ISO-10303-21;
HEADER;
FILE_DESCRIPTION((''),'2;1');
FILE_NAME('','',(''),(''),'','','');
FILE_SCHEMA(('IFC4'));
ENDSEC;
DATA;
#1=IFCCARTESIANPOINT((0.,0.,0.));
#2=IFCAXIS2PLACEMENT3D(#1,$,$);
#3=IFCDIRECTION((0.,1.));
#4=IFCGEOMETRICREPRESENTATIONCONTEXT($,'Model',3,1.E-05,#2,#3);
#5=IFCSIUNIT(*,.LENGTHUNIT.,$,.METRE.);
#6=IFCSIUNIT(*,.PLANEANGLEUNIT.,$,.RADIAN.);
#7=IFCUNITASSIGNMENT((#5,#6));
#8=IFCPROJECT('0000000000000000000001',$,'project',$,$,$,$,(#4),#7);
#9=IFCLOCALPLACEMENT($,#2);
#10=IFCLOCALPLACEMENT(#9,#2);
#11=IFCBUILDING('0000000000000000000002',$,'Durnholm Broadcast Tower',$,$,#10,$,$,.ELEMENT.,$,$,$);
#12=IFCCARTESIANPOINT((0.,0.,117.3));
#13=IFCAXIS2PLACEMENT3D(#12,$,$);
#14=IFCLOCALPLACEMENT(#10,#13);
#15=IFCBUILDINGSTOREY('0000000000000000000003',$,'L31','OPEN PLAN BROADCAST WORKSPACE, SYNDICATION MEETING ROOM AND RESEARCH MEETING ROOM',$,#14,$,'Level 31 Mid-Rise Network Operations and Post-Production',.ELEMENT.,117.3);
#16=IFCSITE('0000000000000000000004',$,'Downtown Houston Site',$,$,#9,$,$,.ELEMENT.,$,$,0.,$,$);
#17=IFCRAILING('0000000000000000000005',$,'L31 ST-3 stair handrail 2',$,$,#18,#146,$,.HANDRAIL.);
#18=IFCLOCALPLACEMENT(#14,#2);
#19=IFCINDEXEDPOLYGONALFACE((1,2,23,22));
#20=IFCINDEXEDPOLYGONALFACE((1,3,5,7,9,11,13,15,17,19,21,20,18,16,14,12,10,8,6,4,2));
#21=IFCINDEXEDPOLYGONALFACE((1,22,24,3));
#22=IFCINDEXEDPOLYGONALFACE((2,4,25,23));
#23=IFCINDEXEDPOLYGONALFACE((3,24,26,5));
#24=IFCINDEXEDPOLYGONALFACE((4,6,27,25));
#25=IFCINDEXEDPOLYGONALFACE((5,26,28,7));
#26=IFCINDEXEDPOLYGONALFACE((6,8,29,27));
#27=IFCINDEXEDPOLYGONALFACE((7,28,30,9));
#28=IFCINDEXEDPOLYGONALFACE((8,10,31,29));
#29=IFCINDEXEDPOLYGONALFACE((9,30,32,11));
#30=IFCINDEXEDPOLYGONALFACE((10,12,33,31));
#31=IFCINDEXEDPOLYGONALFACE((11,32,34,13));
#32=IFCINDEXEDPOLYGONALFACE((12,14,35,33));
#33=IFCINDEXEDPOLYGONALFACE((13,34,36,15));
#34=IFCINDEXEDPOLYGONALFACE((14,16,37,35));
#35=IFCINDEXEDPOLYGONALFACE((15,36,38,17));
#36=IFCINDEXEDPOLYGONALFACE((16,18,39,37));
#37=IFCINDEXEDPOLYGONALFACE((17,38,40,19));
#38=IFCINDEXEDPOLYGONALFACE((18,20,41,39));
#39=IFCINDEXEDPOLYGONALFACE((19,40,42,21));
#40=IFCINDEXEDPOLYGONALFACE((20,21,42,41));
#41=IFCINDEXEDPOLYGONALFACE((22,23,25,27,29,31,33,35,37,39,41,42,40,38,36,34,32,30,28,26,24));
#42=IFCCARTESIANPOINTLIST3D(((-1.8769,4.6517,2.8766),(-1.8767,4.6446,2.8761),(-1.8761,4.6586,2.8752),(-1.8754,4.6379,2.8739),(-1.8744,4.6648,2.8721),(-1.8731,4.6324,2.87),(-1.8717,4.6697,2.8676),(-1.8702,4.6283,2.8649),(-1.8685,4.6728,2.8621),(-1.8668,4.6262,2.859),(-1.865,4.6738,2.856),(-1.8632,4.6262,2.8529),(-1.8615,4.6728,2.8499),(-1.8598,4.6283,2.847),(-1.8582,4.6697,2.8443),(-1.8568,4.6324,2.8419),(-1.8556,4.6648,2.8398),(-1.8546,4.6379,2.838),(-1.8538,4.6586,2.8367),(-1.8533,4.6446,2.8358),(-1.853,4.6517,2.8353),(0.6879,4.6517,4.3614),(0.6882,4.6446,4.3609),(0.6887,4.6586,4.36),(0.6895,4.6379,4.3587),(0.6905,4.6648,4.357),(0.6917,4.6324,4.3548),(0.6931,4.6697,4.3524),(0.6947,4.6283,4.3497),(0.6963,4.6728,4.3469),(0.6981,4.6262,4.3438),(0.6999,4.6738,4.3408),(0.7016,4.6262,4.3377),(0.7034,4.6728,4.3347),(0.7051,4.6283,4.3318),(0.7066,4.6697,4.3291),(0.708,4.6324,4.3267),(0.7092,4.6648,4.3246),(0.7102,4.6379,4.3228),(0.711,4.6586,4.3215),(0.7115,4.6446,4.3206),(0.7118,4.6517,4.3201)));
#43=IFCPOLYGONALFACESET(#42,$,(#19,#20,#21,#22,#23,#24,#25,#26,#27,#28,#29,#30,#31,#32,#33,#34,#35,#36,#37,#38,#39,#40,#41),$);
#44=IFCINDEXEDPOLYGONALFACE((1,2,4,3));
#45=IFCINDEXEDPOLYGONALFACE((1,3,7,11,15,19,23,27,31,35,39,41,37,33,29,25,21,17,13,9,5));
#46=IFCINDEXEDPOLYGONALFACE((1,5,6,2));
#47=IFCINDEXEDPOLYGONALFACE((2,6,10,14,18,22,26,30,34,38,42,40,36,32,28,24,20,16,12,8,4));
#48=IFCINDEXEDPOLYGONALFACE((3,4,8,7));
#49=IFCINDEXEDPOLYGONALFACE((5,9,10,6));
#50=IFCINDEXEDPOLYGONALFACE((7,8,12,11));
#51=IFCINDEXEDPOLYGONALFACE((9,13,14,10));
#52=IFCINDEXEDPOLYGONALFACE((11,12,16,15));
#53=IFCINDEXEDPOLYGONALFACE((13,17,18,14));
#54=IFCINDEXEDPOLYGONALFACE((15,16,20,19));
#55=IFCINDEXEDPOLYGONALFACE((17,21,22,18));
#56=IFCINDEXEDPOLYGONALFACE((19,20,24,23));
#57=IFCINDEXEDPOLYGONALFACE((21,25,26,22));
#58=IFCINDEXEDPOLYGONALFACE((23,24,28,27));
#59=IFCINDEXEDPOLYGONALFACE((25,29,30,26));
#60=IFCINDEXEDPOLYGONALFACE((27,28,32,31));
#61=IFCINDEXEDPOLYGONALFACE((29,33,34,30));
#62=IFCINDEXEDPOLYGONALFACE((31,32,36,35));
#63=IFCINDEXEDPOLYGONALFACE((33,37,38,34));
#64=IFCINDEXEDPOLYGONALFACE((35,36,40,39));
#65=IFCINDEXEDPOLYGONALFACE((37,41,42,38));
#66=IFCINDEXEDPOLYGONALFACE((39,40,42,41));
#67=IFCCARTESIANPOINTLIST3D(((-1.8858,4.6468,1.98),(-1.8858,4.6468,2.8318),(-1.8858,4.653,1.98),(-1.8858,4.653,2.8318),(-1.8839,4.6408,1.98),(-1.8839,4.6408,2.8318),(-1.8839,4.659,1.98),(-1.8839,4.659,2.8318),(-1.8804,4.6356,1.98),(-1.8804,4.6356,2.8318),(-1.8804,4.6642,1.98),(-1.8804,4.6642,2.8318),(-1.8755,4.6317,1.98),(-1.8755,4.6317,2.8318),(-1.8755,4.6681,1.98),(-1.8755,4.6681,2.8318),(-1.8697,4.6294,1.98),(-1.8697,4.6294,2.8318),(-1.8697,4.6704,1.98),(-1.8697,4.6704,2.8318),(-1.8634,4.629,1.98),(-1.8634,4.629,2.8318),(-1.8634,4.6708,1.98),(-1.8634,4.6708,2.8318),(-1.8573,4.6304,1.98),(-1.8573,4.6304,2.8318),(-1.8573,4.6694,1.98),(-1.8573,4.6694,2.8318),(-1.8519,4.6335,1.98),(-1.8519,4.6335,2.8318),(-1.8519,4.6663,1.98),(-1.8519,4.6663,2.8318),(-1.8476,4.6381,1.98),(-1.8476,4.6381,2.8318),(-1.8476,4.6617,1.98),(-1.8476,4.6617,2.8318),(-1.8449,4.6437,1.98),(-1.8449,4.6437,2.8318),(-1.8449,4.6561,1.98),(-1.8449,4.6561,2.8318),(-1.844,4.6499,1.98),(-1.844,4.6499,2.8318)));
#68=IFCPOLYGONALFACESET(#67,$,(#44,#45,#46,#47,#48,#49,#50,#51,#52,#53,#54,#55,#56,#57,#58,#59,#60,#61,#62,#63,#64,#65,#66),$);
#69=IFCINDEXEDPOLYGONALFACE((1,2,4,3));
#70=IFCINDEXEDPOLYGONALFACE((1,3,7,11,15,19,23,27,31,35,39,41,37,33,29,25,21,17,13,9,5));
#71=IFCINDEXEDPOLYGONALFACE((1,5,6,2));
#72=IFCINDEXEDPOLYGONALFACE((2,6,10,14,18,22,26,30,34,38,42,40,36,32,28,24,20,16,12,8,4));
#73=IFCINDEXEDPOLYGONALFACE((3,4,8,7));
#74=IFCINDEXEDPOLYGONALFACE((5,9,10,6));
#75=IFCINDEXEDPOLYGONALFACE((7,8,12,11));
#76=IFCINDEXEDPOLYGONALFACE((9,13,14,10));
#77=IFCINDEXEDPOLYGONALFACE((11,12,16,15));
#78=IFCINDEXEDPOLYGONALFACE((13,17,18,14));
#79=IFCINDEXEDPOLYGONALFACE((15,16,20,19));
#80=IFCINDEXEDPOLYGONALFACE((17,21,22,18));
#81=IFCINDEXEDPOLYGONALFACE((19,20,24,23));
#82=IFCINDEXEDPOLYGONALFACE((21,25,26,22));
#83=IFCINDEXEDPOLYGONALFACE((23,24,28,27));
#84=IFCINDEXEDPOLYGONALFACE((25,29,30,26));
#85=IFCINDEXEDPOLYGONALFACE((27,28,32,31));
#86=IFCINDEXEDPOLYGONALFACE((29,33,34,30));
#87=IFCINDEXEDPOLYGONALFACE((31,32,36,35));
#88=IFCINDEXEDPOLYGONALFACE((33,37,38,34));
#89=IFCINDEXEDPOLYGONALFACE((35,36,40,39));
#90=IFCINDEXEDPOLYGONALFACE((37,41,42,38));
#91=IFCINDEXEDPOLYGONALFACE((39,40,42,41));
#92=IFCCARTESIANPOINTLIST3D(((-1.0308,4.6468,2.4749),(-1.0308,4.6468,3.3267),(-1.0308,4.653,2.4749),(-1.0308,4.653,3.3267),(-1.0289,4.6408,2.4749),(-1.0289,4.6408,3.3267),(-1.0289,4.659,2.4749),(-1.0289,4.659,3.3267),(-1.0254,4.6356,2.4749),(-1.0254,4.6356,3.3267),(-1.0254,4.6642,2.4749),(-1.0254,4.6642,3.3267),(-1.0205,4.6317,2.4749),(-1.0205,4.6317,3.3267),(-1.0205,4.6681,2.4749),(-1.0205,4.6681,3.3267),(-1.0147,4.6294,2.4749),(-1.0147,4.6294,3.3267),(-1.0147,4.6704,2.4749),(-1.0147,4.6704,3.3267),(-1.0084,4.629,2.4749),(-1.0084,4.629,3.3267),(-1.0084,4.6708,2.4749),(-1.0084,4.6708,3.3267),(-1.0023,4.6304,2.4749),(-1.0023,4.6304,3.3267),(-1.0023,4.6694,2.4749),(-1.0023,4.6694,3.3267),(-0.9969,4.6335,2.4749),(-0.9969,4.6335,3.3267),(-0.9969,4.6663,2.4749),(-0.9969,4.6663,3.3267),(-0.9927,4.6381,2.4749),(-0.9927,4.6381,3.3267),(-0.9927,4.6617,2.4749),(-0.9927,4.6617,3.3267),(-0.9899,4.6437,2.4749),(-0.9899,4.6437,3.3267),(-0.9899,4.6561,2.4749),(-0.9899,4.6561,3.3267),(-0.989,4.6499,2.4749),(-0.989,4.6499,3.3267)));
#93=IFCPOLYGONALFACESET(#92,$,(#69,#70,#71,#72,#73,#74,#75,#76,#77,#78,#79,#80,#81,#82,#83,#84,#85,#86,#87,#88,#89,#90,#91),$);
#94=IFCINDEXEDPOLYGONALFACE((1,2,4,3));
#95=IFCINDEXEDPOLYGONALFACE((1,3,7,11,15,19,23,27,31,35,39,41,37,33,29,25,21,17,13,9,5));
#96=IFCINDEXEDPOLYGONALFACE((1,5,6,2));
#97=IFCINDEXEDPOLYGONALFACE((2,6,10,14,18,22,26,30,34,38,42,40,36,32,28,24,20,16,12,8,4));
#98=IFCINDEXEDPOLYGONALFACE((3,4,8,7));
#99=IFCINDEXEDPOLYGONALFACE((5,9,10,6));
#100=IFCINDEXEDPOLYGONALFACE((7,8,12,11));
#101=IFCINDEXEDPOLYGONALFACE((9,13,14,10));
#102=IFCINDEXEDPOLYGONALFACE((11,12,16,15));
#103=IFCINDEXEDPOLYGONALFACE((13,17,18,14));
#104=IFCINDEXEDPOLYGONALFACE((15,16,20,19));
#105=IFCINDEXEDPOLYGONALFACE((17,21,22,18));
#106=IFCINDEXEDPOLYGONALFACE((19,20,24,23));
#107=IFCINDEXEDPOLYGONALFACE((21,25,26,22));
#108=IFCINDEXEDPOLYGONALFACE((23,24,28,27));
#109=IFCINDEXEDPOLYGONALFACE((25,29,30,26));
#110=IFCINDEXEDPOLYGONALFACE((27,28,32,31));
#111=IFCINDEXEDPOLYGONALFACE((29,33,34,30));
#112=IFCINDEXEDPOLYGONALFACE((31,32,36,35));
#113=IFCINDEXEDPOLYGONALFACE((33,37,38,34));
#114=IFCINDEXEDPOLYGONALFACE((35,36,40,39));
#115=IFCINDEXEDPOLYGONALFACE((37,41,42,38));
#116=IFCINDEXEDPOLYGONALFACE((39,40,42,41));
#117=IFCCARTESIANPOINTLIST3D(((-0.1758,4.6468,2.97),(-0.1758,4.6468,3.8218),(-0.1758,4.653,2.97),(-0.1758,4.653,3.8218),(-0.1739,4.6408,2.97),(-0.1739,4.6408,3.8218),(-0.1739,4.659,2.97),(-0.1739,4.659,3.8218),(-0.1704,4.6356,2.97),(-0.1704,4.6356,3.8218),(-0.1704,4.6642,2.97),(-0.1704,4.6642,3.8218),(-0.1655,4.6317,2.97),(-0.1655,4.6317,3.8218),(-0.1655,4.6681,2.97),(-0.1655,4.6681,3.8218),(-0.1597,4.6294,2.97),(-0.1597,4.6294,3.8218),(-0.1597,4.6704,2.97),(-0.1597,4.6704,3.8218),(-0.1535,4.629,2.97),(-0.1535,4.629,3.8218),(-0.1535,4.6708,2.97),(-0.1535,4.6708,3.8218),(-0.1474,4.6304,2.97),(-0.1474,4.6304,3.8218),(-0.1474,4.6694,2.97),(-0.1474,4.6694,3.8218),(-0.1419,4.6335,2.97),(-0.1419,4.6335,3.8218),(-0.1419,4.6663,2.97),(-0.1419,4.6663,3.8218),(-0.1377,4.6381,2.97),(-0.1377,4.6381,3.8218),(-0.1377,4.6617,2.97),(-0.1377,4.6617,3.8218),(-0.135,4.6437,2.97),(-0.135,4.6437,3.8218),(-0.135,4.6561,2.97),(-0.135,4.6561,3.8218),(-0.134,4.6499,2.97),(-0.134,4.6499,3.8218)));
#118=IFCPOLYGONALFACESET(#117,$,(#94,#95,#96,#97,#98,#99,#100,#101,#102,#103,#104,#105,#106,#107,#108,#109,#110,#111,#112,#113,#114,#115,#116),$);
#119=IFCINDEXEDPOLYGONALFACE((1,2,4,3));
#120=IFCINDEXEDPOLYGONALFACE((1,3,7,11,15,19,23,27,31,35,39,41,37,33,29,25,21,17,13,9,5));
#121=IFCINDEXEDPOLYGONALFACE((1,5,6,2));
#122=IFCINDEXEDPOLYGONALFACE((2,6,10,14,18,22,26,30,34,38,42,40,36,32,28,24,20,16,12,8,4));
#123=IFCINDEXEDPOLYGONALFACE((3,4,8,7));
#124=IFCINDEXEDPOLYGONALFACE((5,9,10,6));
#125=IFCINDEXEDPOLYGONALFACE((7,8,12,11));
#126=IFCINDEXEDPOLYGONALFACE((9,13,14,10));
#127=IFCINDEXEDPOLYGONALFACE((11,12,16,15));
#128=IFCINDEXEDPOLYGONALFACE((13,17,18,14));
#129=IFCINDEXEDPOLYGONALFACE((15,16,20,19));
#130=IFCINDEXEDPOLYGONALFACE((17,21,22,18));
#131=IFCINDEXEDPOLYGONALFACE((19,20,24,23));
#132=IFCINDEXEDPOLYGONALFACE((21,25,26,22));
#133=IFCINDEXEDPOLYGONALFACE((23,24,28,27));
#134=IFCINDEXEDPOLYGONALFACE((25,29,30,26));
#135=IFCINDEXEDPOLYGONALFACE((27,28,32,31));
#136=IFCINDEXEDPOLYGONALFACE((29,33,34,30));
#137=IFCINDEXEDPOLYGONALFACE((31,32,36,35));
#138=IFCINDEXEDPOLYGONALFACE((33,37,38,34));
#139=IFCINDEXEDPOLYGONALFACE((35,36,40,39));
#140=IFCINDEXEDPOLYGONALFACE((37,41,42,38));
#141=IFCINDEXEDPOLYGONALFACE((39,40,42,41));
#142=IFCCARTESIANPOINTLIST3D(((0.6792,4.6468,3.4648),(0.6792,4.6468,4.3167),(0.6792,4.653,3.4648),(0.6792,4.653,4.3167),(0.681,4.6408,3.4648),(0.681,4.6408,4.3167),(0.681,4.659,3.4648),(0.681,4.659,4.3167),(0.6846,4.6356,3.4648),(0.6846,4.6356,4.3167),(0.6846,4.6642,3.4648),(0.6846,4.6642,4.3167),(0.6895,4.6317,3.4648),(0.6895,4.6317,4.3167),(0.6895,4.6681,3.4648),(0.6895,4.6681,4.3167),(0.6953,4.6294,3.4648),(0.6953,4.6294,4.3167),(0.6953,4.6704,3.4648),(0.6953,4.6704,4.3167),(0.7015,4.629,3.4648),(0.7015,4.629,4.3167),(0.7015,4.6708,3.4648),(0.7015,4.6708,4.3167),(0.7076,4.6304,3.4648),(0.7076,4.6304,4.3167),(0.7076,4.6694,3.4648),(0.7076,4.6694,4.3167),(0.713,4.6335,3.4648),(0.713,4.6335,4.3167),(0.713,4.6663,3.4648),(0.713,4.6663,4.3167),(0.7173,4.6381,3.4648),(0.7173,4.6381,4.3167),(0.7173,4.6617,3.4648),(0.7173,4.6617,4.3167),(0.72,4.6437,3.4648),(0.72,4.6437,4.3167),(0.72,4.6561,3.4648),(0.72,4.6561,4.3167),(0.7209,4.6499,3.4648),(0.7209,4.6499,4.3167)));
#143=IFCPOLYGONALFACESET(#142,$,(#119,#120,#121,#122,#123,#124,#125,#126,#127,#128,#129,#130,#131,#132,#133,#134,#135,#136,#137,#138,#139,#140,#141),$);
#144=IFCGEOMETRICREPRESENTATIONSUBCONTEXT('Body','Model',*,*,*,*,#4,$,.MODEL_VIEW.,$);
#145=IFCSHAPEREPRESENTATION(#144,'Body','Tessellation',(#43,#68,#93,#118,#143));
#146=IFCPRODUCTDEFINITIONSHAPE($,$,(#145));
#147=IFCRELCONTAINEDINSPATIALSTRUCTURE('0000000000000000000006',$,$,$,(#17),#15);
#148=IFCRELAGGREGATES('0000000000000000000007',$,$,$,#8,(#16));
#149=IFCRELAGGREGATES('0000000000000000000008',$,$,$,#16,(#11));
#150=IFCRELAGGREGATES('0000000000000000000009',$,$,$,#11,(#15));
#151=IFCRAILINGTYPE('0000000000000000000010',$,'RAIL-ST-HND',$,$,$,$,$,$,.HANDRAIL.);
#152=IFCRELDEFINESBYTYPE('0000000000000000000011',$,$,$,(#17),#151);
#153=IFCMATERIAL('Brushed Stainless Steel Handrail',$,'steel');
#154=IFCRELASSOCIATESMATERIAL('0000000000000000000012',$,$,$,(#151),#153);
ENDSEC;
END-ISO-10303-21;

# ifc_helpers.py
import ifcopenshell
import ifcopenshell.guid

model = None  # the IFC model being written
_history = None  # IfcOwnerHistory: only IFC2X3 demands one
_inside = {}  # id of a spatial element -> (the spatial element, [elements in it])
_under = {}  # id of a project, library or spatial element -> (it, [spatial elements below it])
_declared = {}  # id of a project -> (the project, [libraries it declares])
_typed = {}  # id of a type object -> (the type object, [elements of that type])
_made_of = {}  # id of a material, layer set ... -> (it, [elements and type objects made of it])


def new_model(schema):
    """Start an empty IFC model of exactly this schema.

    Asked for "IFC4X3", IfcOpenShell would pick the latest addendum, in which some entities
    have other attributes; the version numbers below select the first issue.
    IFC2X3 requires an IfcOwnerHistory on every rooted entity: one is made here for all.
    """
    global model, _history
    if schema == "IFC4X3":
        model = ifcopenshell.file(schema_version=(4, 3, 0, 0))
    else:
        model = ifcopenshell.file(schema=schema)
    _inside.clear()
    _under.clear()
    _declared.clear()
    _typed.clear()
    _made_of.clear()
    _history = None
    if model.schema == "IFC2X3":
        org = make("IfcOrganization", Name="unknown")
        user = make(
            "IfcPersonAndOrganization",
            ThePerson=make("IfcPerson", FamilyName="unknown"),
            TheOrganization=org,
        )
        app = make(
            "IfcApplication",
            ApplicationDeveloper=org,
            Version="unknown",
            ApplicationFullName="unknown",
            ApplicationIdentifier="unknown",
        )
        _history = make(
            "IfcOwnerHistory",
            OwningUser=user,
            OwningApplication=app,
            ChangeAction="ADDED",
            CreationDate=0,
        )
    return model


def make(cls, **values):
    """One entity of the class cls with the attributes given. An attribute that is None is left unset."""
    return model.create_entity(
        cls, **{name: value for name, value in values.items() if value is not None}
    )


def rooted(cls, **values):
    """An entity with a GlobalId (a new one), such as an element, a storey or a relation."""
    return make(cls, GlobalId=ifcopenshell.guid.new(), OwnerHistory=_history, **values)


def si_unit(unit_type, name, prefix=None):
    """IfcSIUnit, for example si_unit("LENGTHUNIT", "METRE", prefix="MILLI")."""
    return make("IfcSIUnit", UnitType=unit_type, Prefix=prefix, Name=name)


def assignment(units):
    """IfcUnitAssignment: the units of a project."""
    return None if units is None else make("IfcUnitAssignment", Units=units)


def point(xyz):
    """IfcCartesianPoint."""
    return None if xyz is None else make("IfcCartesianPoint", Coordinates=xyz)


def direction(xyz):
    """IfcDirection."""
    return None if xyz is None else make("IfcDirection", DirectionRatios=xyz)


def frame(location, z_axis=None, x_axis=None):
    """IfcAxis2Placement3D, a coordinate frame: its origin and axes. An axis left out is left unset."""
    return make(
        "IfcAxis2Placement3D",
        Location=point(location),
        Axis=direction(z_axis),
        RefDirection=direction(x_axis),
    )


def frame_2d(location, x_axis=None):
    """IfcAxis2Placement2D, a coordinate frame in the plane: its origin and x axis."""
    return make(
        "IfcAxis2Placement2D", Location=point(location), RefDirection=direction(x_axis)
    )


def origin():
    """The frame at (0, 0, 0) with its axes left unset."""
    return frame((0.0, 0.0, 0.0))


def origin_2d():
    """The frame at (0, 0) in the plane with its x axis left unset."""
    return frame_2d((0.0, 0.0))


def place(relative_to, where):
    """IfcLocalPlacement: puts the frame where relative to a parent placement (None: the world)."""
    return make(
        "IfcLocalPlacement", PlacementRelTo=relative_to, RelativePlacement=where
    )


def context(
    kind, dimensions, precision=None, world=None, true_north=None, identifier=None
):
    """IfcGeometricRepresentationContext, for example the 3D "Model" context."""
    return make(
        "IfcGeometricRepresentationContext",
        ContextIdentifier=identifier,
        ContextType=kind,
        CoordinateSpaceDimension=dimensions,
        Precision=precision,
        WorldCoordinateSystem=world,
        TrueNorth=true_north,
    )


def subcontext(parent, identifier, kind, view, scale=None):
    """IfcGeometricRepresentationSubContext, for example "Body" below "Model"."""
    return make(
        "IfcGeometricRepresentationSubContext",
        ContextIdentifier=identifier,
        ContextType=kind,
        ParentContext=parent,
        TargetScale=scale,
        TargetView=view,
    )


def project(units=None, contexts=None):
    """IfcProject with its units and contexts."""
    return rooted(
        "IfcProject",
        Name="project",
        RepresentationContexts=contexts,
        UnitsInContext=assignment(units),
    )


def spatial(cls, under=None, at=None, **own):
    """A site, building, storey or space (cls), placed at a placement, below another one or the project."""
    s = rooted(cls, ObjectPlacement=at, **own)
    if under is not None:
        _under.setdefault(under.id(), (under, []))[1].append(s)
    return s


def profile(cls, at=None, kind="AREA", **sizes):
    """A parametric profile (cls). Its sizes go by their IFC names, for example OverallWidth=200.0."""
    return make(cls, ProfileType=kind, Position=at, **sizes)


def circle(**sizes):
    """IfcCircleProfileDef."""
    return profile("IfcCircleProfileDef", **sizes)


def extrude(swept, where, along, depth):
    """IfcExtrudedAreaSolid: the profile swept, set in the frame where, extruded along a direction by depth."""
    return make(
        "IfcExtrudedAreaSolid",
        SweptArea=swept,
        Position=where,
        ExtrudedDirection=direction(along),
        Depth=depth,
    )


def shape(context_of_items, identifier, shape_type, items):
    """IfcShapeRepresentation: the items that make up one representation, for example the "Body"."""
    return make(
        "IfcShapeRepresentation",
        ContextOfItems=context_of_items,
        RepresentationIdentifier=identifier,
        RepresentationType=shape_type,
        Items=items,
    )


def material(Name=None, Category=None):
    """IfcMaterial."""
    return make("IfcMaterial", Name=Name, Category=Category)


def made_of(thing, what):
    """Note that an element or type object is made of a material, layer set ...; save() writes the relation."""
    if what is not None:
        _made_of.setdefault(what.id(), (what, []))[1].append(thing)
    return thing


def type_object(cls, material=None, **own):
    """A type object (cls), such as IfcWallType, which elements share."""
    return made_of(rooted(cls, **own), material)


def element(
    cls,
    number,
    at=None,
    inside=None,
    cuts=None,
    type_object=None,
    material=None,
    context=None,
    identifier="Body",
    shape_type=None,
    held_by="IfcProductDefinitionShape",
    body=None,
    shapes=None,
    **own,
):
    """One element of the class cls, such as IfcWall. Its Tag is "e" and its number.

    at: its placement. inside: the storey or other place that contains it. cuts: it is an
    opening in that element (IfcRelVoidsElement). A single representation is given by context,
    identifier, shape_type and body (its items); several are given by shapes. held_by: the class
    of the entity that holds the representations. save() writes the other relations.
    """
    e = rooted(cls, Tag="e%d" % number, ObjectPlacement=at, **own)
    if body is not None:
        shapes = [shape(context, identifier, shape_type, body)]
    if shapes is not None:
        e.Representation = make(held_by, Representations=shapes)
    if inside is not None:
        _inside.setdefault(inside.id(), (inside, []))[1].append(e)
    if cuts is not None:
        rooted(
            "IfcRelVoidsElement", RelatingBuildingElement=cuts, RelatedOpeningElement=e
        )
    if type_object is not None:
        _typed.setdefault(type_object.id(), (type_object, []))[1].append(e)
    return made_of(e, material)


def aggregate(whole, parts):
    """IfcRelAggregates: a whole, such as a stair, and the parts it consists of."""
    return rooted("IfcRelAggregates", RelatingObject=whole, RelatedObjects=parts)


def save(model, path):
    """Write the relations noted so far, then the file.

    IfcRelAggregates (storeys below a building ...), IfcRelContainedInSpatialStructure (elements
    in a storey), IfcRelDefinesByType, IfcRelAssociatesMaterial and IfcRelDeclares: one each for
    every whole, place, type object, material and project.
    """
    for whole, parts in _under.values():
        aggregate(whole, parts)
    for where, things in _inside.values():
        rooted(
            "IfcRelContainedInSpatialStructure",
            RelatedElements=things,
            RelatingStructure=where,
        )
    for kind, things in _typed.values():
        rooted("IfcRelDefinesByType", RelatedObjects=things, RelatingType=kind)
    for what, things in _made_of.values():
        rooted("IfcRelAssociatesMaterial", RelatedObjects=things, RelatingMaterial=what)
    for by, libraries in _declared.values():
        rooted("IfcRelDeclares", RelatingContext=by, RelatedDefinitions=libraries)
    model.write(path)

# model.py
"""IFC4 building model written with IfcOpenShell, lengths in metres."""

from ifc_helpers import new_model, si_unit, direction, frame, origin, origin_2d, place, context, subcontext, project, spatial, circle, extrude, material, type_object, element, save


model = new_model("IFC4")

# Units and contexts
model_context = context("Model", 3, precision=1e-05, world=origin(), true_north=direction((0.0, 1.0)))
body_context = subcontext(model_context, "Body", "Model", "MODEL_VIEW")
ifc_project = project(units=[si_unit("LENGTHUNIT", "METRE"), si_unit("PLANEANGLEUNIT", "RADIAN")], contexts=[model_context])

# Site, building, storey
site_placement = place(None, origin())
site = spatial("IfcSite", under=ifc_project, at=site_placement, Name="Downtown Houston Site", CompositionType="ELEMENT", RefElevation=0.0)
building_placement = place(site_placement, origin())
building = spatial("IfcBuilding", under=site, at=building_placement, Name="Durnholm Broadcast Tower", CompositionType="ELEMENT")
storey_placement = place(building_placement, frame((0.0, 0.0, 117.3)))
storey = spatial("IfcBuildingStorey", under=building, at=storey_placement, Name="L31", Description="OPEN PLAN BROADCAST WORKSPACE, SYNDICATION MEETING ROOM AND RESEARCH MEETING ROOM", LongName="Level 31 Mid-Rise Network Operations and Post-Production", CompositionType="ELEMENT", Elevation=117.3)

# Railing
ifc_material_1 = material(Name="Brushed Stainless Steel Handrail", Category="steel")
railing_type_1 = type_object("IfcRailingType", Name="RAIL-ST-HND", PredefinedType="HANDRAIL", material=ifc_material_1)
railing_1_placement = place(storey_placement, frame((-1.865, 4.6499, 1.98)))
element("IfcRailing", 1, at=railing_1_placement, inside=storey, type_object=railing_type_1, Name="L31 ST-3 stair handrail 2", PredefinedType="HANDRAIL", context=body_context, shape_type="SweptSolid", body=[
    extrude(circle(Radius=0.0239, at=origin_2d()), frame((0.0, 0.0, 0.876), z_axis=(0.865441, 0.0, 0.50101), x_axis=(0.0, 1.0, 0.0)), (0.0, 0.0, 1.0), 2.9636),
    extrude(circle(Radius=0.021, at=origin_2d()), origin(), (0.0, 0.0, 1.0), 0.8518),
    extrude(circle(Radius=0.021, at=origin_2d()), frame((0.855, 0.0, 0.4949)), (0.0, 0.0, 1.0), 0.8518),
    extrude(circle(Radius=0.021, at=origin_2d()), frame((1.71, 0.0, 0.99)), (0.0, 0.0, 1.0), 0.8518),
    extrude(circle(Radius=0.021, at=origin_2d()), frame((2.5649, 0.0, 1.4849)), (0.0, 0.0, 1.0), 0.8518),
])

save(model, "model.ifc")
